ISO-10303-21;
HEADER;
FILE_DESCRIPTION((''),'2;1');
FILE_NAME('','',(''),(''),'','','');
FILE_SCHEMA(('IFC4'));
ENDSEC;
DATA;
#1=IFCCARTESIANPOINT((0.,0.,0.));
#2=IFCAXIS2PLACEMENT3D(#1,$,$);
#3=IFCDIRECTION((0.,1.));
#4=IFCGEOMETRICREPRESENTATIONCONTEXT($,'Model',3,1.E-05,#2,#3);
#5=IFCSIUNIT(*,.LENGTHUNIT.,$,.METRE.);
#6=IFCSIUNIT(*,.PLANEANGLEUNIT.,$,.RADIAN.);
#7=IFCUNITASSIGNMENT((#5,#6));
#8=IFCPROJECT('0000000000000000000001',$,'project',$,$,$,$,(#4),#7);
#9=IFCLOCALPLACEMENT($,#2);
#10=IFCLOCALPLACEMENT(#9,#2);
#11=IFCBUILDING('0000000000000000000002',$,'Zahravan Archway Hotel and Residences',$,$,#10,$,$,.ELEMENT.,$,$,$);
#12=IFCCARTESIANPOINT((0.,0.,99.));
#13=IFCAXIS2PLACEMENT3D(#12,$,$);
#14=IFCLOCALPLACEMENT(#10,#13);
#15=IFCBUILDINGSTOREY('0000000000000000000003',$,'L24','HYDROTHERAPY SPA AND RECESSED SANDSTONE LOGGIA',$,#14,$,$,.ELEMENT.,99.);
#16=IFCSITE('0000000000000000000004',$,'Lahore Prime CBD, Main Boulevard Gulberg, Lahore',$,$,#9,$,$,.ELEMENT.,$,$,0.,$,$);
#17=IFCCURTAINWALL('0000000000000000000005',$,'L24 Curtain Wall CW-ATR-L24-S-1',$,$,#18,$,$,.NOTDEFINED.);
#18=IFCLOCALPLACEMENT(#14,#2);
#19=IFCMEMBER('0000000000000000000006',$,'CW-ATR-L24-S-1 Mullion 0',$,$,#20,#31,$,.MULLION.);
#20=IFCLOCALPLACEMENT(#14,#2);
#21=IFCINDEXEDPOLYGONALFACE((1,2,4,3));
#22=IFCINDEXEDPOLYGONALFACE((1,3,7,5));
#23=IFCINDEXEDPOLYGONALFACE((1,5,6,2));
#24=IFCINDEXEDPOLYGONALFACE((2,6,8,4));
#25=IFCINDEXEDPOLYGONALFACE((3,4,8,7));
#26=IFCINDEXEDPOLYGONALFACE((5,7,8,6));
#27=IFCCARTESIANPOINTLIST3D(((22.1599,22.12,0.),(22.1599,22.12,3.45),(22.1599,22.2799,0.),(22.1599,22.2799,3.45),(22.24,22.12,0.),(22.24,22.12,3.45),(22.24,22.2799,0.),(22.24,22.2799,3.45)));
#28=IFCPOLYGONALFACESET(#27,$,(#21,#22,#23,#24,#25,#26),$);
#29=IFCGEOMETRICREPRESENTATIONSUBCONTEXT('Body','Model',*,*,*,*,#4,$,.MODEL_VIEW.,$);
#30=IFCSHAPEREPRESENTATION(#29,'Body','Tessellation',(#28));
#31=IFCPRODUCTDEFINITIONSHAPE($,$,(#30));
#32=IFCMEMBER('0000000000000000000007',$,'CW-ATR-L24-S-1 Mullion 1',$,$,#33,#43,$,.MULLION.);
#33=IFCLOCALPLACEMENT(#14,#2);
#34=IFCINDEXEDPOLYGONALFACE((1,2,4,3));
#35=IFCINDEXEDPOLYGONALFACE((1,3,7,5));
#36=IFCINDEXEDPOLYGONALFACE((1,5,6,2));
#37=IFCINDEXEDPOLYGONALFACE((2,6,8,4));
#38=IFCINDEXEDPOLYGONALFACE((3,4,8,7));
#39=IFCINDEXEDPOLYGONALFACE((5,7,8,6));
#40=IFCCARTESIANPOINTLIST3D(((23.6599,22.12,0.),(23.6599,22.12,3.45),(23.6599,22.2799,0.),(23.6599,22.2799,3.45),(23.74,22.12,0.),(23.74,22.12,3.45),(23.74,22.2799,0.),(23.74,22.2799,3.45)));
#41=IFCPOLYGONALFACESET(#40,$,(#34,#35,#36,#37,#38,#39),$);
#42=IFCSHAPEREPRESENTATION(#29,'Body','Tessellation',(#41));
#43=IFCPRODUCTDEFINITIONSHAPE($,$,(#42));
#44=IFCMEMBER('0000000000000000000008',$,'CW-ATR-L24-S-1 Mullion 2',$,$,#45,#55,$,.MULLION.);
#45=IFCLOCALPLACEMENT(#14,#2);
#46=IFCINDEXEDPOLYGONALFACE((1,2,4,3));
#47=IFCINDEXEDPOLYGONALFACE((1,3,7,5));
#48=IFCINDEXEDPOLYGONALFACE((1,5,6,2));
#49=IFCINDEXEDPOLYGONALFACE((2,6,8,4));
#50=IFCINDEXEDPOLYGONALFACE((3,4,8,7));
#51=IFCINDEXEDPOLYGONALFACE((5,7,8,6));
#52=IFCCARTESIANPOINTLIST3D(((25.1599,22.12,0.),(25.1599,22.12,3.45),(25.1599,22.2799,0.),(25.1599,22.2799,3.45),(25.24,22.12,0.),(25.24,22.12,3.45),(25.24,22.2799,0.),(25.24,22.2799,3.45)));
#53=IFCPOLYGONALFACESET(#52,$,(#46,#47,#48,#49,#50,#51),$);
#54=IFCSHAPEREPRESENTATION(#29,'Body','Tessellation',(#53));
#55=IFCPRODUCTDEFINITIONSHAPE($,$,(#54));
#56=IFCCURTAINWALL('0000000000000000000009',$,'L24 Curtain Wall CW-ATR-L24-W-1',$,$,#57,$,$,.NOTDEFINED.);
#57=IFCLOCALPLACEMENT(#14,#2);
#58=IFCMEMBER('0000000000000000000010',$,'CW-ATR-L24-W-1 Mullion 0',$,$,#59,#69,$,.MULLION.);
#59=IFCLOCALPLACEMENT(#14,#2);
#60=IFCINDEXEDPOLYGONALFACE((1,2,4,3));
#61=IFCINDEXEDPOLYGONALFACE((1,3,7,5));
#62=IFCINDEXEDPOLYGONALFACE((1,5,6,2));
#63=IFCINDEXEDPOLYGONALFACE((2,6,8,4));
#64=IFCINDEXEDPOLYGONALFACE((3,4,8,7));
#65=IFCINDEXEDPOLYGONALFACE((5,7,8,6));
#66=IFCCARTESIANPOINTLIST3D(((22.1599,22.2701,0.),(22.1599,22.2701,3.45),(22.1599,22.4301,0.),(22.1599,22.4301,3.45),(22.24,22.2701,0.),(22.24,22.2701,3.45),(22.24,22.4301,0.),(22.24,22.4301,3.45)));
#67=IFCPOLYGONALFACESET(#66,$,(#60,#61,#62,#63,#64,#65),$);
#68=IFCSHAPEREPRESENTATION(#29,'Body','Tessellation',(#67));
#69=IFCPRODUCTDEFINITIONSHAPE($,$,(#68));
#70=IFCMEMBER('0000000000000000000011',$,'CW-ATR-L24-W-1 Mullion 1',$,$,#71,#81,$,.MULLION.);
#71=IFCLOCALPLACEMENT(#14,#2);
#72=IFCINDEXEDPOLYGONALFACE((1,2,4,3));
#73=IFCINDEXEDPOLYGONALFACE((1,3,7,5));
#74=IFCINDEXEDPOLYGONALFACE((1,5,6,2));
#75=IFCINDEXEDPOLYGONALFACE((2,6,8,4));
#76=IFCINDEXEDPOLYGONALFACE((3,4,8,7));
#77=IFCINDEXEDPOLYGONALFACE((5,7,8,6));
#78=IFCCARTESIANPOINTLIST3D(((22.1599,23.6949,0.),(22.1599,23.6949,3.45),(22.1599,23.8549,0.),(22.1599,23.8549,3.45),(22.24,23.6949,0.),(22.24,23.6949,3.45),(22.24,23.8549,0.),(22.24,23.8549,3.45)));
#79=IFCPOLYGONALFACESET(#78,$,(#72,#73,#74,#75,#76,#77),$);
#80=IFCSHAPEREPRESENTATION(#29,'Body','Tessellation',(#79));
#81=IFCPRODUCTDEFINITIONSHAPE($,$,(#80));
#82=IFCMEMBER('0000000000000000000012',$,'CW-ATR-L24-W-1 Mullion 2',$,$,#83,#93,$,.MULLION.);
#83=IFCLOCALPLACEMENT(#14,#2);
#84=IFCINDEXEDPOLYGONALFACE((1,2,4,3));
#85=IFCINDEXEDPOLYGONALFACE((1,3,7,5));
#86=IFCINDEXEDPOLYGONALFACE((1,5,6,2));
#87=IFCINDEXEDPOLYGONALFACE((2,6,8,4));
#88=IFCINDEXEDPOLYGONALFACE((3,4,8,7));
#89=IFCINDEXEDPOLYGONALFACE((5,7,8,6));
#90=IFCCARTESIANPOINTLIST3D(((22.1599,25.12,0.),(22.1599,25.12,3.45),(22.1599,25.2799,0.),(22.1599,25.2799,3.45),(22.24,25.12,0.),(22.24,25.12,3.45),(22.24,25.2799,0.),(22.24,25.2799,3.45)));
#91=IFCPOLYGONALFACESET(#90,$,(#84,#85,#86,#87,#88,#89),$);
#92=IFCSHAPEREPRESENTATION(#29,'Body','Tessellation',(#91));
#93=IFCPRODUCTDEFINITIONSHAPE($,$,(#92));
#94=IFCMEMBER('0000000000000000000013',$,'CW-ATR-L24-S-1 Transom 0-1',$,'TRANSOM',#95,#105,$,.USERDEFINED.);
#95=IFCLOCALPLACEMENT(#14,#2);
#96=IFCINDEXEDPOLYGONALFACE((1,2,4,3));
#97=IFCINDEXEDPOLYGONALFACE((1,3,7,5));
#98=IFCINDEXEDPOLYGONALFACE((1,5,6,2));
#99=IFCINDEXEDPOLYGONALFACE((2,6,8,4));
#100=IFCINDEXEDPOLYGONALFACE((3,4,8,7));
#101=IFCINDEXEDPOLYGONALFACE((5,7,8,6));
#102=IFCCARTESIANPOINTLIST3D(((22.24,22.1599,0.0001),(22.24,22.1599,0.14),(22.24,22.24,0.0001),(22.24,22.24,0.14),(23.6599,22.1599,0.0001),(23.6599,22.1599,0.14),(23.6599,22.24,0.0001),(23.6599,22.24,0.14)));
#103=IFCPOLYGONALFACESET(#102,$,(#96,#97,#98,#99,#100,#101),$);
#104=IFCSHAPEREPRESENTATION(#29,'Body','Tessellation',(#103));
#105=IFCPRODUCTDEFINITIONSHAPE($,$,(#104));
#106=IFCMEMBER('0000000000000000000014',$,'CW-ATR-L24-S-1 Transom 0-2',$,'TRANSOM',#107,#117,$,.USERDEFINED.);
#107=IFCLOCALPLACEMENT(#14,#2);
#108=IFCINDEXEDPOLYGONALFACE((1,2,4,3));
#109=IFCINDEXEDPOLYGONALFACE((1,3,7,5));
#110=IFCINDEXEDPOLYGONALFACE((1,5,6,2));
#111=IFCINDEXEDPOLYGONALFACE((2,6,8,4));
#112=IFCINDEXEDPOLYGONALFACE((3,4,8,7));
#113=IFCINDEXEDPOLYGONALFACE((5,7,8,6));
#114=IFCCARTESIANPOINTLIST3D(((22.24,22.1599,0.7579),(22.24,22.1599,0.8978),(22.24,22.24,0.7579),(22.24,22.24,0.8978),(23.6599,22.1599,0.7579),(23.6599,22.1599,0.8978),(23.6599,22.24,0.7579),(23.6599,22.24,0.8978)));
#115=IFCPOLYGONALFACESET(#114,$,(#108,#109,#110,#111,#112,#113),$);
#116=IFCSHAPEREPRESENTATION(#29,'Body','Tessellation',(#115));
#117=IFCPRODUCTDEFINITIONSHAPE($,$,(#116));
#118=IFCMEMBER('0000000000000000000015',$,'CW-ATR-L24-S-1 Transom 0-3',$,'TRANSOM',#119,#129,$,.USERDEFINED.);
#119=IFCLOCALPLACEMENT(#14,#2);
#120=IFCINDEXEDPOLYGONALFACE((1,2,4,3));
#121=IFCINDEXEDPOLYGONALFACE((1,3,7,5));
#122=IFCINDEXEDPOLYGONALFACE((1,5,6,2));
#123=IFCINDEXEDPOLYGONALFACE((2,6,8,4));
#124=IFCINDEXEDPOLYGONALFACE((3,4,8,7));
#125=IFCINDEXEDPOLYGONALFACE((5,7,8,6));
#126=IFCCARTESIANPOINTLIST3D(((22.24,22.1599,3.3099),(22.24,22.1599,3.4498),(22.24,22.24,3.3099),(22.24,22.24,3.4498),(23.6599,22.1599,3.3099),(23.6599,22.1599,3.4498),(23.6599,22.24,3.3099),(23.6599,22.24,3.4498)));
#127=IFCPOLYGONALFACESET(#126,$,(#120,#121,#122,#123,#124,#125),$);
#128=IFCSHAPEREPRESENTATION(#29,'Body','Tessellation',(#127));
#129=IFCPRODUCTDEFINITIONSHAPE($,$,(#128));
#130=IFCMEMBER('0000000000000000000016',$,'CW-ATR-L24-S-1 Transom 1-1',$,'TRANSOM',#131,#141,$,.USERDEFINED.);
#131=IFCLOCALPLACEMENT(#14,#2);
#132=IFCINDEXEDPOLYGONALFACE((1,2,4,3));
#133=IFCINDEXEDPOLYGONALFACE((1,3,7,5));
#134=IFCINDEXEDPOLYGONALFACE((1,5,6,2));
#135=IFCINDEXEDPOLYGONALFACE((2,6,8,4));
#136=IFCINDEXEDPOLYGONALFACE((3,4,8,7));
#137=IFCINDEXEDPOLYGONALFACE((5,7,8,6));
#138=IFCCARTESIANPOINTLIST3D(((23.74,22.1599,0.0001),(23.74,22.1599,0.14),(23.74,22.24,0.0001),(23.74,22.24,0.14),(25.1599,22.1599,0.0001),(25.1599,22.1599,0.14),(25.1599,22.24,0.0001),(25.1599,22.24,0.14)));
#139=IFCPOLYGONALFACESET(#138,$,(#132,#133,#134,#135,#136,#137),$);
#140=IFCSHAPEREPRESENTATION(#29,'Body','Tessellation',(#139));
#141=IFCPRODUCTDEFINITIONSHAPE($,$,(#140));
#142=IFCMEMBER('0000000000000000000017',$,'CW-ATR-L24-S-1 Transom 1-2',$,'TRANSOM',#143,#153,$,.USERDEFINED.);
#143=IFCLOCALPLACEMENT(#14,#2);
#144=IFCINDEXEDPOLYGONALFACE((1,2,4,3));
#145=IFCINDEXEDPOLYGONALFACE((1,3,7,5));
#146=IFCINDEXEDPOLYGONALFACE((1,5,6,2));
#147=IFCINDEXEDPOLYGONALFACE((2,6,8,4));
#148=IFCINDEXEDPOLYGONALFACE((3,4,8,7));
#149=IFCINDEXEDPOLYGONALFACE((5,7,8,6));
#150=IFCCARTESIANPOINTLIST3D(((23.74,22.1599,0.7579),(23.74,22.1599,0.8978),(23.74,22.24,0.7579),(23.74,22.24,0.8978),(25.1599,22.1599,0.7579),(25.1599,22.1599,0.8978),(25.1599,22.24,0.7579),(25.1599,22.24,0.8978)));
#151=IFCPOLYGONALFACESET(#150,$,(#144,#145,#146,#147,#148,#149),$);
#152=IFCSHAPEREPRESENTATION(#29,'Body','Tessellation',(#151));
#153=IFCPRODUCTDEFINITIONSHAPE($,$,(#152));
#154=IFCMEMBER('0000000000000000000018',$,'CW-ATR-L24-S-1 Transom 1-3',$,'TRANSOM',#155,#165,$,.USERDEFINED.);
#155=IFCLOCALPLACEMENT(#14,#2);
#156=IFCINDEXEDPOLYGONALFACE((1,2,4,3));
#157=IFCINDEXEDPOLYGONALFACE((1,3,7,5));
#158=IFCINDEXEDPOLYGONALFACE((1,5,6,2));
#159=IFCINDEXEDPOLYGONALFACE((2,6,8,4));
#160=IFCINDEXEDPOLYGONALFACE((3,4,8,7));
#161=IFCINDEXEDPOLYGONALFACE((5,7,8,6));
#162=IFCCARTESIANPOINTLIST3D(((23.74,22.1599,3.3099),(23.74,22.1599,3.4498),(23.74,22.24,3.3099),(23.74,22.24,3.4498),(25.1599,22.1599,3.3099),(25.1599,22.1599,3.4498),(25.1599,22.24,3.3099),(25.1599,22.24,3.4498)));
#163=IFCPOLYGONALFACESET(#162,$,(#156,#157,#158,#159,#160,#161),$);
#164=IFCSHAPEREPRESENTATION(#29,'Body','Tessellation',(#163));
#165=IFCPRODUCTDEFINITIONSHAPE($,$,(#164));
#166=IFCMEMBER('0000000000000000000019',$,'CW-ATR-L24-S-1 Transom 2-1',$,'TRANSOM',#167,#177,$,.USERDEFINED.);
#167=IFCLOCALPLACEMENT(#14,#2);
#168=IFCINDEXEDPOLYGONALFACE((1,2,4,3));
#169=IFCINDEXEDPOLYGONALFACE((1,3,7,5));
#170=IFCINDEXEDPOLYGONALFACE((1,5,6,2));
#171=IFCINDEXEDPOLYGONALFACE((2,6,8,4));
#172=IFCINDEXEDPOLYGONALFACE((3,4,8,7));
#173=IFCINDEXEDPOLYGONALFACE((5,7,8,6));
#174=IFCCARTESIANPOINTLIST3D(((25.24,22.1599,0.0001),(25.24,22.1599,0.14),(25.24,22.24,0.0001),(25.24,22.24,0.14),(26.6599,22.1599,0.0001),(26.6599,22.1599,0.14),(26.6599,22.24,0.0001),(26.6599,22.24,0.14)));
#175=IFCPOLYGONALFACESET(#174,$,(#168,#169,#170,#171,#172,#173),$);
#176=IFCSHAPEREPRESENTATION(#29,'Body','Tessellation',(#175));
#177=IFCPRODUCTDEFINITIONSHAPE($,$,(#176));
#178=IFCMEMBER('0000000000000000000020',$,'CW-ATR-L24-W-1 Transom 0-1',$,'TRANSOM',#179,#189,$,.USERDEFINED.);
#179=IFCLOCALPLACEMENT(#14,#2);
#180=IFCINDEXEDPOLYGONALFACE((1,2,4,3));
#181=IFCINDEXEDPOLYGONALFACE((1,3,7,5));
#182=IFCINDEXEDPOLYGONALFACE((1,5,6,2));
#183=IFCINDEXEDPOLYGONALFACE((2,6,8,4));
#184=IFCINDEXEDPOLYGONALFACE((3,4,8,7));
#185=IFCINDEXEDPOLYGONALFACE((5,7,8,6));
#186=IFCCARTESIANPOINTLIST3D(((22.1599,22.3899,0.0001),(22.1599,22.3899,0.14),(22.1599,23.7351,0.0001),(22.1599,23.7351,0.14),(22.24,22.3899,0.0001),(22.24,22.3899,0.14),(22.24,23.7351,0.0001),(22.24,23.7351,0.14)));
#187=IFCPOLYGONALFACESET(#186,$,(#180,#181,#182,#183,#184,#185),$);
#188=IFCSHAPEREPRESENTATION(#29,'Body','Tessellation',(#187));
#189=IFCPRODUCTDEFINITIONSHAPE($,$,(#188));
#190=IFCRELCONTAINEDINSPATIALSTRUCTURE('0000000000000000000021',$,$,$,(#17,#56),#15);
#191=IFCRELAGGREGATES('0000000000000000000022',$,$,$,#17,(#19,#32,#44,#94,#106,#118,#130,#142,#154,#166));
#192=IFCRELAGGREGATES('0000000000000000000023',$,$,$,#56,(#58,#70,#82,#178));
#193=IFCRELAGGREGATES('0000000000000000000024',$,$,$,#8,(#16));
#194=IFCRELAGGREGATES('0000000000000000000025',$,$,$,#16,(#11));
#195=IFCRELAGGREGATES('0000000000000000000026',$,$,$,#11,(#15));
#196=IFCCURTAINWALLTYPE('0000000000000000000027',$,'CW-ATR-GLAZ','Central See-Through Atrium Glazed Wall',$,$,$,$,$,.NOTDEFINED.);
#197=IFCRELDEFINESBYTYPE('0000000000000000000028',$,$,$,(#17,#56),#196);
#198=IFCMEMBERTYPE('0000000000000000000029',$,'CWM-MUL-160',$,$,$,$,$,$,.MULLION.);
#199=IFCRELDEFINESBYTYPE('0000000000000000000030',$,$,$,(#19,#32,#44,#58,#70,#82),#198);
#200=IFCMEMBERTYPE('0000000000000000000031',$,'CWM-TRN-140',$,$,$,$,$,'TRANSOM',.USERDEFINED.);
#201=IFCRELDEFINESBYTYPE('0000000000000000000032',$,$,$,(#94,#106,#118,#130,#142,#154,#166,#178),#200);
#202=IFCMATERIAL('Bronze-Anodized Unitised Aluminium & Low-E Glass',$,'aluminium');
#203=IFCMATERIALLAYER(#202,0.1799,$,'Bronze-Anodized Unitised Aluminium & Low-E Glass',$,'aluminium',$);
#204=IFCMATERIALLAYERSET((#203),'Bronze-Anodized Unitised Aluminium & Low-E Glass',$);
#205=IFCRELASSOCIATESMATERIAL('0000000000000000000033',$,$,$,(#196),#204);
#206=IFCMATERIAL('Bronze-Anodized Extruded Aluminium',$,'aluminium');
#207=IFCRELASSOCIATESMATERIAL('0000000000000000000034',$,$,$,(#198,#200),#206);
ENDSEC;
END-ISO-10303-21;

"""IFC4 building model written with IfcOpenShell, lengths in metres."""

from ifc_helpers import new_model, si_unit, direction, frame, origin, origin_2d, place, context, subcontext, project, spatial, rectangle, extrude, source, transform, mapped, material, layer, layer_set, material_profile, profile_set, type_object, element, aggregate, save


model = new_model("IFC4")

# Units and contexts
model_context = context("Model", 3, precision=1e-05, world=origin(), true_north=direction((0.0, 1.0)))
body_context = subcontext(model_context, "Body", "Model", "MODEL_VIEW")
ifc_project = project(units=[si_unit("LENGTHUNIT", "METRE"), si_unit("PLANEANGLEUNIT", "RADIAN")], contexts=[model_context])

# Site, building, storey
site_placement = place(None, origin())
site = spatial("IfcSite", under=ifc_project, at=site_placement, Name="Lahore Prime CBD, Main Boulevard Gulberg, Lahore", CompositionType="ELEMENT", RefElevation=0.0)
building_placement = place(site_placement, origin())
building = spatial("IfcBuilding", under=site, at=building_placement, Name="Zahravan Archway Hotel and Residences", CompositionType="ELEMENT")
storey_placement = place(building_placement, frame((0.0, 0.0, 99.0)))
storey = spatial("IfcBuildingStorey", under=building, at=storey_placement, Name="L24", Description="HYDROTHERAPY SPA AND RECESSED SANDSTONE LOGGIA", CompositionType="ELEMENT", Elevation=99.0)

# Curtain walls, members
ifc_material_1 = material(Name="Bronze-Anodized Unitised Aluminium & Low-E Glass", Category="aluminium")
ifc_layer_1 = layer(ifc_material_1, 0.1799, Name="Bronze-Anodized Unitised Aluminium & Low-E Glass", Category="aluminium")
ifc_layer_set_1 = layer_set([ifc_layer_1], Name="Bronze-Anodized Unitised Aluminium & Low-E Glass")
curtain_wall_type = type_object("IfcCurtainWallType", Name="CW-ATR-GLAZ", Description="Central See-Through Atrium Glazed Wall", PredefinedType="NOTDEFINED", material=ifc_layer_set_1)
curtain_wall_1_placement = place(storey_placement, origin())
curtain_wall_1 = element("IfcCurtainWall", 1, at=curtain_wall_1_placement, inside=storey, type_object=curtain_wall_type, Name="L24 Curtain Wall CW-ATR-L24-S-1", PredefinedType="NOTDEFINED")
ifc_material_2 = material(Name="Bronze-Anodized Extruded Aluminium", Category="aluminium")
ifc_material_profile_1 = material_profile(ifc_material_2, rectangle(XDim=0.0801, YDim=0.1599, at=origin_2d()), Name="MUL 80x160", Category="aluminium")
ifc_profile_set_1 = profile_set([ifc_material_profile_1], Name="Bronze-Anodized Extruded Aluminium")
member_type_1 = type_object("IfcMemberType", Name="CWM-MUL-160", PredefinedType="MULLION", material=ifc_profile_set_1)
shared_shape_1 = source(origin(), body_context, "Body", "SweptSolid", [
    extrude(rectangle(XDim=0.0801, YDim=0.1599, at=origin_2d()), origin(), (0.0, 0.0, 1.0), 3.45),
])
member_1_placement = place(storey_placement, frame((22.2, 22.2, 0.0), z_axis=(0.0, 0.0, 1.0), x_axis=(1.0, 0.0, 0.0)))
member_1 = element("IfcMember", 2, at=member_1_placement, type_object=member_type_1, Name="CW-ATR-L24-S-1 Mullion 0", PredefinedType="MULLION", context=body_context, shape_type="MappedRepresentation", body=[
    mapped(shared_shape_1, transform((0.0, 0.0, 0.0), scale=1.0)),
])
member_2_placement = place(storey_placement, frame((23.7, 22.2, 0.0), z_axis=(0.0, 0.0, 1.0), x_axis=(1.0, 0.0, 0.0)))
member_2 = element("IfcMember", 3, at=member_2_placement, type_object=member_type_1, Name="CW-ATR-L24-S-1 Mullion 1", PredefinedType="MULLION", context=body_context, shape_type="MappedRepresentation", body=[
    mapped(shared_shape_1, transform((0.0, 0.0, 0.0), scale=1.0)),
])
member_3_placement = place(storey_placement, frame((25.2, 22.2, 0.0), z_axis=(0.0, 0.0, 1.0), x_axis=(1.0, 0.0, 0.0)))
member_3 = element("IfcMember", 4, at=member_3_placement, type_object=member_type_1, Name="CW-ATR-L24-S-1 Mullion 2", PredefinedType="MULLION", context=body_context, shape_type="MappedRepresentation", body=[
    mapped(shared_shape_1, transform((0.0, 0.0, 0.0), scale=1.0)),
])
curtain_wall_2_placement = place(storey_placement, origin())
curtain_wall_2 = element("IfcCurtainWall", 5, at=curtain_wall_2_placement, inside=storey, type_object=curtain_wall_type, Name="L24 Curtain Wall CW-ATR-L24-W-1", PredefinedType="NOTDEFINED")
member_4_placement = place(storey_placement, frame((22.2, 22.3501, 0.0), z_axis=(0.0, 0.0, 1.0), x_axis=(1.0, 0.0, 0.0)))
member_4 = element("IfcMember", 6, at=member_4_placement, type_object=member_type_1, Name="CW-ATR-L24-W-1 Mullion 0", PredefinedType="MULLION", context=body_context, shape_type="MappedRepresentation", body=[
    mapped(shared_shape_1, transform((0.0, 0.0, 0.0), scale=1.0)),
])
member_5_placement = place(storey_placement, frame((22.2, 23.7749, 0.0), z_axis=(0.0, 0.0, 1.0), x_axis=(1.0, 0.0, 0.0)))
member_5 = element("IfcMember", 7, at=member_5_placement, type_object=member_type_1, Name="CW-ATR-L24-W-1 Mullion 1", PredefinedType="MULLION", context=body_context, shape_type="MappedRepresentation", body=[
    mapped(shared_shape_1, transform((0.0, 0.0, 0.0), scale=1.0)),
])
member_6_placement = place(storey_placement, frame((22.2, 25.2, 0.0), z_axis=(0.0, 0.0, 1.0), x_axis=(1.0, 0.0, 0.0)))
member_6 = element("IfcMember", 8, at=member_6_placement, type_object=member_type_1, Name="CW-ATR-L24-W-1 Mullion 2", PredefinedType="MULLION", context=body_context, shape_type="MappedRepresentation", body=[
    mapped(shared_shape_1, transform((0.0, 0.0, 0.0), scale=1.0)),
])

# Members
ifc_material_profile_2 = material_profile(ifc_material_2, rectangle(XDim=0.0801, YDim=0.1399, at=origin_2d()), Name="TRN 80x140", Category="aluminium")
ifc_profile_set_2 = profile_set([ifc_material_profile_2], Name="Bronze-Anodized Extruded Aluminium")
member_type_2 = type_object("IfcMemberType", Name="CWM-TRN-140", ElementType="TRANSOM", PredefinedType="USERDEFINED", material=ifc_profile_set_2)
shared_shape_2 = source(origin(), body_context, "Body", "SweptSolid", [
    extrude(rectangle(XDim=0.0801, YDim=0.1399, at=origin_2d()), origin(), (0.0, 0.0, 1.0), 1.4199),
])
member_7_placement = place(storey_placement, frame((22.24, 22.2, 0.0701), z_axis=(1.0, 0.0, 0.0), x_axis=(0.0, 1.0, 0.0)))
member_7 = element("IfcMember", 9, at=member_7_placement, type_object=member_type_2, Name="CW-ATR-L24-S-1 Transom 0-1", ObjectType="TRANSOM", PredefinedType="USERDEFINED", context=body_context, shape_type="MappedRepresentation", body=[
    mapped(shared_shape_2, transform((0.0, 0.0, 0.0), scale=1.0)),
])
member_8_placement = place(storey_placement, frame((22.24, 22.2, 0.8279), z_axis=(1.0, 0.0, 0.0), x_axis=(0.0, 1.0, 0.0)))
member_8 = element("IfcMember", 10, at=member_8_placement, type_object=member_type_2, Name="CW-ATR-L24-S-1 Transom 0-2", ObjectType="TRANSOM", PredefinedType="USERDEFINED", context=body_context, shape_type="MappedRepresentation", body=[
    mapped(shared_shape_2, transform((0.0, 0.0, 0.0), scale=1.0)),
])
member_9_placement = place(storey_placement, frame((22.24, 22.2, 3.3799), z_axis=(1.0, 0.0, 0.0), x_axis=(0.0, 1.0, 0.0)))
member_9 = element("IfcMember", 11, at=member_9_placement, type_object=member_type_2, Name="CW-ATR-L24-S-1 Transom 0-3", ObjectType="TRANSOM", PredefinedType="USERDEFINED", context=body_context, shape_type="MappedRepresentation", body=[
    mapped(shared_shape_2, transform((0.0, 0.0, 0.0), scale=1.0)),
])
member_10_placement = place(storey_placement, frame((23.74, 22.2, 0.0701), z_axis=(1.0, 0.0, 0.0), x_axis=(0.0, 1.0, 0.0)))
member_10 = element("IfcMember", 12, at=member_10_placement, type_object=member_type_2, Name="CW-ATR-L24-S-1 Transom 1-1", ObjectType="TRANSOM", PredefinedType="USERDEFINED", context=body_context, shape_type="MappedRepresentation", body=[
    mapped(shared_shape_2, transform((0.0, 0.0, 0.0), scale=1.0)),
])
member_11_placement = place(storey_placement, frame((23.74, 22.2, 0.8279), z_axis=(1.0, 0.0, 0.0), x_axis=(0.0, 1.0, 0.0)))
member_11 = element("IfcMember", 13, at=member_11_placement, type_object=member_type_2, Name="CW-ATR-L24-S-1 Transom 1-2", ObjectType="TRANSOM", PredefinedType="USERDEFINED", context=body_context, shape_type="MappedRepresentation", body=[
    mapped(shared_shape_2, transform((0.0, 0.0, 0.0), scale=1.0)),
])
member_12_placement = place(storey_placement, frame((23.74, 22.2, 3.3799), z_axis=(1.0, 0.0, 0.0), x_axis=(0.0, 1.0, 0.0)))
member_12 = element("IfcMember", 14, at=member_12_placement, type_object=member_type_2, Name="CW-ATR-L24-S-1 Transom 1-3", ObjectType="TRANSOM", PredefinedType="USERDEFINED", context=body_context, shape_type="MappedRepresentation", body=[
    mapped(shared_shape_2, transform((0.0, 0.0, 0.0), scale=1.0)),
])
member_13_placement = place(storey_placement, frame((25.24, 22.2, 0.0701), z_axis=(1.0, 0.0, 0.0), x_axis=(0.0, 1.0, 0.0)))
member_13 = element("IfcMember", 15, at=member_13_placement, type_object=member_type_2, Name="CW-ATR-L24-S-1 Transom 2-1", ObjectType="TRANSOM", PredefinedType="USERDEFINED", context=body_context, shape_type="MappedRepresentation", body=[
    mapped(shared_shape_2, transform((0.0, 0.0, 0.0), scale=1.0)),
])
shared_shape_3 = source(origin(), body_context, "Body", "SweptSolid", [
    extrude(rectangle(XDim=0.0801, YDim=0.1399, at=origin_2d()), origin(), (0.0, 0.0, 1.0), 1.3452),
])
member_14_placement = place(storey_placement, frame((22.2, 22.3899, 0.0701), z_axis=(0.0, 1.0, 0.0), x_axis=(-1.0, 0.0, 0.0)))
member_14 = element("IfcMember", 16, at=member_14_placement, type_object=member_type_2, Name="CW-ATR-L24-W-1 Transom 0-1", ObjectType="TRANSOM", PredefinedType="USERDEFINED", context=body_context, shape_type="MappedRepresentation", body=[
    mapped(shared_shape_3, transform((0.0, 0.0, 0.0), scale=1.0)),
])

aggregate(curtain_wall_1, [member_1, member_2, member_3, member_7, member_8, member_9, member_10, member_11, member_12, member_13])
aggregate(curtain_wall_2, [member_4, member_5, member_6, member_14])

save(model, "model.ifc")
